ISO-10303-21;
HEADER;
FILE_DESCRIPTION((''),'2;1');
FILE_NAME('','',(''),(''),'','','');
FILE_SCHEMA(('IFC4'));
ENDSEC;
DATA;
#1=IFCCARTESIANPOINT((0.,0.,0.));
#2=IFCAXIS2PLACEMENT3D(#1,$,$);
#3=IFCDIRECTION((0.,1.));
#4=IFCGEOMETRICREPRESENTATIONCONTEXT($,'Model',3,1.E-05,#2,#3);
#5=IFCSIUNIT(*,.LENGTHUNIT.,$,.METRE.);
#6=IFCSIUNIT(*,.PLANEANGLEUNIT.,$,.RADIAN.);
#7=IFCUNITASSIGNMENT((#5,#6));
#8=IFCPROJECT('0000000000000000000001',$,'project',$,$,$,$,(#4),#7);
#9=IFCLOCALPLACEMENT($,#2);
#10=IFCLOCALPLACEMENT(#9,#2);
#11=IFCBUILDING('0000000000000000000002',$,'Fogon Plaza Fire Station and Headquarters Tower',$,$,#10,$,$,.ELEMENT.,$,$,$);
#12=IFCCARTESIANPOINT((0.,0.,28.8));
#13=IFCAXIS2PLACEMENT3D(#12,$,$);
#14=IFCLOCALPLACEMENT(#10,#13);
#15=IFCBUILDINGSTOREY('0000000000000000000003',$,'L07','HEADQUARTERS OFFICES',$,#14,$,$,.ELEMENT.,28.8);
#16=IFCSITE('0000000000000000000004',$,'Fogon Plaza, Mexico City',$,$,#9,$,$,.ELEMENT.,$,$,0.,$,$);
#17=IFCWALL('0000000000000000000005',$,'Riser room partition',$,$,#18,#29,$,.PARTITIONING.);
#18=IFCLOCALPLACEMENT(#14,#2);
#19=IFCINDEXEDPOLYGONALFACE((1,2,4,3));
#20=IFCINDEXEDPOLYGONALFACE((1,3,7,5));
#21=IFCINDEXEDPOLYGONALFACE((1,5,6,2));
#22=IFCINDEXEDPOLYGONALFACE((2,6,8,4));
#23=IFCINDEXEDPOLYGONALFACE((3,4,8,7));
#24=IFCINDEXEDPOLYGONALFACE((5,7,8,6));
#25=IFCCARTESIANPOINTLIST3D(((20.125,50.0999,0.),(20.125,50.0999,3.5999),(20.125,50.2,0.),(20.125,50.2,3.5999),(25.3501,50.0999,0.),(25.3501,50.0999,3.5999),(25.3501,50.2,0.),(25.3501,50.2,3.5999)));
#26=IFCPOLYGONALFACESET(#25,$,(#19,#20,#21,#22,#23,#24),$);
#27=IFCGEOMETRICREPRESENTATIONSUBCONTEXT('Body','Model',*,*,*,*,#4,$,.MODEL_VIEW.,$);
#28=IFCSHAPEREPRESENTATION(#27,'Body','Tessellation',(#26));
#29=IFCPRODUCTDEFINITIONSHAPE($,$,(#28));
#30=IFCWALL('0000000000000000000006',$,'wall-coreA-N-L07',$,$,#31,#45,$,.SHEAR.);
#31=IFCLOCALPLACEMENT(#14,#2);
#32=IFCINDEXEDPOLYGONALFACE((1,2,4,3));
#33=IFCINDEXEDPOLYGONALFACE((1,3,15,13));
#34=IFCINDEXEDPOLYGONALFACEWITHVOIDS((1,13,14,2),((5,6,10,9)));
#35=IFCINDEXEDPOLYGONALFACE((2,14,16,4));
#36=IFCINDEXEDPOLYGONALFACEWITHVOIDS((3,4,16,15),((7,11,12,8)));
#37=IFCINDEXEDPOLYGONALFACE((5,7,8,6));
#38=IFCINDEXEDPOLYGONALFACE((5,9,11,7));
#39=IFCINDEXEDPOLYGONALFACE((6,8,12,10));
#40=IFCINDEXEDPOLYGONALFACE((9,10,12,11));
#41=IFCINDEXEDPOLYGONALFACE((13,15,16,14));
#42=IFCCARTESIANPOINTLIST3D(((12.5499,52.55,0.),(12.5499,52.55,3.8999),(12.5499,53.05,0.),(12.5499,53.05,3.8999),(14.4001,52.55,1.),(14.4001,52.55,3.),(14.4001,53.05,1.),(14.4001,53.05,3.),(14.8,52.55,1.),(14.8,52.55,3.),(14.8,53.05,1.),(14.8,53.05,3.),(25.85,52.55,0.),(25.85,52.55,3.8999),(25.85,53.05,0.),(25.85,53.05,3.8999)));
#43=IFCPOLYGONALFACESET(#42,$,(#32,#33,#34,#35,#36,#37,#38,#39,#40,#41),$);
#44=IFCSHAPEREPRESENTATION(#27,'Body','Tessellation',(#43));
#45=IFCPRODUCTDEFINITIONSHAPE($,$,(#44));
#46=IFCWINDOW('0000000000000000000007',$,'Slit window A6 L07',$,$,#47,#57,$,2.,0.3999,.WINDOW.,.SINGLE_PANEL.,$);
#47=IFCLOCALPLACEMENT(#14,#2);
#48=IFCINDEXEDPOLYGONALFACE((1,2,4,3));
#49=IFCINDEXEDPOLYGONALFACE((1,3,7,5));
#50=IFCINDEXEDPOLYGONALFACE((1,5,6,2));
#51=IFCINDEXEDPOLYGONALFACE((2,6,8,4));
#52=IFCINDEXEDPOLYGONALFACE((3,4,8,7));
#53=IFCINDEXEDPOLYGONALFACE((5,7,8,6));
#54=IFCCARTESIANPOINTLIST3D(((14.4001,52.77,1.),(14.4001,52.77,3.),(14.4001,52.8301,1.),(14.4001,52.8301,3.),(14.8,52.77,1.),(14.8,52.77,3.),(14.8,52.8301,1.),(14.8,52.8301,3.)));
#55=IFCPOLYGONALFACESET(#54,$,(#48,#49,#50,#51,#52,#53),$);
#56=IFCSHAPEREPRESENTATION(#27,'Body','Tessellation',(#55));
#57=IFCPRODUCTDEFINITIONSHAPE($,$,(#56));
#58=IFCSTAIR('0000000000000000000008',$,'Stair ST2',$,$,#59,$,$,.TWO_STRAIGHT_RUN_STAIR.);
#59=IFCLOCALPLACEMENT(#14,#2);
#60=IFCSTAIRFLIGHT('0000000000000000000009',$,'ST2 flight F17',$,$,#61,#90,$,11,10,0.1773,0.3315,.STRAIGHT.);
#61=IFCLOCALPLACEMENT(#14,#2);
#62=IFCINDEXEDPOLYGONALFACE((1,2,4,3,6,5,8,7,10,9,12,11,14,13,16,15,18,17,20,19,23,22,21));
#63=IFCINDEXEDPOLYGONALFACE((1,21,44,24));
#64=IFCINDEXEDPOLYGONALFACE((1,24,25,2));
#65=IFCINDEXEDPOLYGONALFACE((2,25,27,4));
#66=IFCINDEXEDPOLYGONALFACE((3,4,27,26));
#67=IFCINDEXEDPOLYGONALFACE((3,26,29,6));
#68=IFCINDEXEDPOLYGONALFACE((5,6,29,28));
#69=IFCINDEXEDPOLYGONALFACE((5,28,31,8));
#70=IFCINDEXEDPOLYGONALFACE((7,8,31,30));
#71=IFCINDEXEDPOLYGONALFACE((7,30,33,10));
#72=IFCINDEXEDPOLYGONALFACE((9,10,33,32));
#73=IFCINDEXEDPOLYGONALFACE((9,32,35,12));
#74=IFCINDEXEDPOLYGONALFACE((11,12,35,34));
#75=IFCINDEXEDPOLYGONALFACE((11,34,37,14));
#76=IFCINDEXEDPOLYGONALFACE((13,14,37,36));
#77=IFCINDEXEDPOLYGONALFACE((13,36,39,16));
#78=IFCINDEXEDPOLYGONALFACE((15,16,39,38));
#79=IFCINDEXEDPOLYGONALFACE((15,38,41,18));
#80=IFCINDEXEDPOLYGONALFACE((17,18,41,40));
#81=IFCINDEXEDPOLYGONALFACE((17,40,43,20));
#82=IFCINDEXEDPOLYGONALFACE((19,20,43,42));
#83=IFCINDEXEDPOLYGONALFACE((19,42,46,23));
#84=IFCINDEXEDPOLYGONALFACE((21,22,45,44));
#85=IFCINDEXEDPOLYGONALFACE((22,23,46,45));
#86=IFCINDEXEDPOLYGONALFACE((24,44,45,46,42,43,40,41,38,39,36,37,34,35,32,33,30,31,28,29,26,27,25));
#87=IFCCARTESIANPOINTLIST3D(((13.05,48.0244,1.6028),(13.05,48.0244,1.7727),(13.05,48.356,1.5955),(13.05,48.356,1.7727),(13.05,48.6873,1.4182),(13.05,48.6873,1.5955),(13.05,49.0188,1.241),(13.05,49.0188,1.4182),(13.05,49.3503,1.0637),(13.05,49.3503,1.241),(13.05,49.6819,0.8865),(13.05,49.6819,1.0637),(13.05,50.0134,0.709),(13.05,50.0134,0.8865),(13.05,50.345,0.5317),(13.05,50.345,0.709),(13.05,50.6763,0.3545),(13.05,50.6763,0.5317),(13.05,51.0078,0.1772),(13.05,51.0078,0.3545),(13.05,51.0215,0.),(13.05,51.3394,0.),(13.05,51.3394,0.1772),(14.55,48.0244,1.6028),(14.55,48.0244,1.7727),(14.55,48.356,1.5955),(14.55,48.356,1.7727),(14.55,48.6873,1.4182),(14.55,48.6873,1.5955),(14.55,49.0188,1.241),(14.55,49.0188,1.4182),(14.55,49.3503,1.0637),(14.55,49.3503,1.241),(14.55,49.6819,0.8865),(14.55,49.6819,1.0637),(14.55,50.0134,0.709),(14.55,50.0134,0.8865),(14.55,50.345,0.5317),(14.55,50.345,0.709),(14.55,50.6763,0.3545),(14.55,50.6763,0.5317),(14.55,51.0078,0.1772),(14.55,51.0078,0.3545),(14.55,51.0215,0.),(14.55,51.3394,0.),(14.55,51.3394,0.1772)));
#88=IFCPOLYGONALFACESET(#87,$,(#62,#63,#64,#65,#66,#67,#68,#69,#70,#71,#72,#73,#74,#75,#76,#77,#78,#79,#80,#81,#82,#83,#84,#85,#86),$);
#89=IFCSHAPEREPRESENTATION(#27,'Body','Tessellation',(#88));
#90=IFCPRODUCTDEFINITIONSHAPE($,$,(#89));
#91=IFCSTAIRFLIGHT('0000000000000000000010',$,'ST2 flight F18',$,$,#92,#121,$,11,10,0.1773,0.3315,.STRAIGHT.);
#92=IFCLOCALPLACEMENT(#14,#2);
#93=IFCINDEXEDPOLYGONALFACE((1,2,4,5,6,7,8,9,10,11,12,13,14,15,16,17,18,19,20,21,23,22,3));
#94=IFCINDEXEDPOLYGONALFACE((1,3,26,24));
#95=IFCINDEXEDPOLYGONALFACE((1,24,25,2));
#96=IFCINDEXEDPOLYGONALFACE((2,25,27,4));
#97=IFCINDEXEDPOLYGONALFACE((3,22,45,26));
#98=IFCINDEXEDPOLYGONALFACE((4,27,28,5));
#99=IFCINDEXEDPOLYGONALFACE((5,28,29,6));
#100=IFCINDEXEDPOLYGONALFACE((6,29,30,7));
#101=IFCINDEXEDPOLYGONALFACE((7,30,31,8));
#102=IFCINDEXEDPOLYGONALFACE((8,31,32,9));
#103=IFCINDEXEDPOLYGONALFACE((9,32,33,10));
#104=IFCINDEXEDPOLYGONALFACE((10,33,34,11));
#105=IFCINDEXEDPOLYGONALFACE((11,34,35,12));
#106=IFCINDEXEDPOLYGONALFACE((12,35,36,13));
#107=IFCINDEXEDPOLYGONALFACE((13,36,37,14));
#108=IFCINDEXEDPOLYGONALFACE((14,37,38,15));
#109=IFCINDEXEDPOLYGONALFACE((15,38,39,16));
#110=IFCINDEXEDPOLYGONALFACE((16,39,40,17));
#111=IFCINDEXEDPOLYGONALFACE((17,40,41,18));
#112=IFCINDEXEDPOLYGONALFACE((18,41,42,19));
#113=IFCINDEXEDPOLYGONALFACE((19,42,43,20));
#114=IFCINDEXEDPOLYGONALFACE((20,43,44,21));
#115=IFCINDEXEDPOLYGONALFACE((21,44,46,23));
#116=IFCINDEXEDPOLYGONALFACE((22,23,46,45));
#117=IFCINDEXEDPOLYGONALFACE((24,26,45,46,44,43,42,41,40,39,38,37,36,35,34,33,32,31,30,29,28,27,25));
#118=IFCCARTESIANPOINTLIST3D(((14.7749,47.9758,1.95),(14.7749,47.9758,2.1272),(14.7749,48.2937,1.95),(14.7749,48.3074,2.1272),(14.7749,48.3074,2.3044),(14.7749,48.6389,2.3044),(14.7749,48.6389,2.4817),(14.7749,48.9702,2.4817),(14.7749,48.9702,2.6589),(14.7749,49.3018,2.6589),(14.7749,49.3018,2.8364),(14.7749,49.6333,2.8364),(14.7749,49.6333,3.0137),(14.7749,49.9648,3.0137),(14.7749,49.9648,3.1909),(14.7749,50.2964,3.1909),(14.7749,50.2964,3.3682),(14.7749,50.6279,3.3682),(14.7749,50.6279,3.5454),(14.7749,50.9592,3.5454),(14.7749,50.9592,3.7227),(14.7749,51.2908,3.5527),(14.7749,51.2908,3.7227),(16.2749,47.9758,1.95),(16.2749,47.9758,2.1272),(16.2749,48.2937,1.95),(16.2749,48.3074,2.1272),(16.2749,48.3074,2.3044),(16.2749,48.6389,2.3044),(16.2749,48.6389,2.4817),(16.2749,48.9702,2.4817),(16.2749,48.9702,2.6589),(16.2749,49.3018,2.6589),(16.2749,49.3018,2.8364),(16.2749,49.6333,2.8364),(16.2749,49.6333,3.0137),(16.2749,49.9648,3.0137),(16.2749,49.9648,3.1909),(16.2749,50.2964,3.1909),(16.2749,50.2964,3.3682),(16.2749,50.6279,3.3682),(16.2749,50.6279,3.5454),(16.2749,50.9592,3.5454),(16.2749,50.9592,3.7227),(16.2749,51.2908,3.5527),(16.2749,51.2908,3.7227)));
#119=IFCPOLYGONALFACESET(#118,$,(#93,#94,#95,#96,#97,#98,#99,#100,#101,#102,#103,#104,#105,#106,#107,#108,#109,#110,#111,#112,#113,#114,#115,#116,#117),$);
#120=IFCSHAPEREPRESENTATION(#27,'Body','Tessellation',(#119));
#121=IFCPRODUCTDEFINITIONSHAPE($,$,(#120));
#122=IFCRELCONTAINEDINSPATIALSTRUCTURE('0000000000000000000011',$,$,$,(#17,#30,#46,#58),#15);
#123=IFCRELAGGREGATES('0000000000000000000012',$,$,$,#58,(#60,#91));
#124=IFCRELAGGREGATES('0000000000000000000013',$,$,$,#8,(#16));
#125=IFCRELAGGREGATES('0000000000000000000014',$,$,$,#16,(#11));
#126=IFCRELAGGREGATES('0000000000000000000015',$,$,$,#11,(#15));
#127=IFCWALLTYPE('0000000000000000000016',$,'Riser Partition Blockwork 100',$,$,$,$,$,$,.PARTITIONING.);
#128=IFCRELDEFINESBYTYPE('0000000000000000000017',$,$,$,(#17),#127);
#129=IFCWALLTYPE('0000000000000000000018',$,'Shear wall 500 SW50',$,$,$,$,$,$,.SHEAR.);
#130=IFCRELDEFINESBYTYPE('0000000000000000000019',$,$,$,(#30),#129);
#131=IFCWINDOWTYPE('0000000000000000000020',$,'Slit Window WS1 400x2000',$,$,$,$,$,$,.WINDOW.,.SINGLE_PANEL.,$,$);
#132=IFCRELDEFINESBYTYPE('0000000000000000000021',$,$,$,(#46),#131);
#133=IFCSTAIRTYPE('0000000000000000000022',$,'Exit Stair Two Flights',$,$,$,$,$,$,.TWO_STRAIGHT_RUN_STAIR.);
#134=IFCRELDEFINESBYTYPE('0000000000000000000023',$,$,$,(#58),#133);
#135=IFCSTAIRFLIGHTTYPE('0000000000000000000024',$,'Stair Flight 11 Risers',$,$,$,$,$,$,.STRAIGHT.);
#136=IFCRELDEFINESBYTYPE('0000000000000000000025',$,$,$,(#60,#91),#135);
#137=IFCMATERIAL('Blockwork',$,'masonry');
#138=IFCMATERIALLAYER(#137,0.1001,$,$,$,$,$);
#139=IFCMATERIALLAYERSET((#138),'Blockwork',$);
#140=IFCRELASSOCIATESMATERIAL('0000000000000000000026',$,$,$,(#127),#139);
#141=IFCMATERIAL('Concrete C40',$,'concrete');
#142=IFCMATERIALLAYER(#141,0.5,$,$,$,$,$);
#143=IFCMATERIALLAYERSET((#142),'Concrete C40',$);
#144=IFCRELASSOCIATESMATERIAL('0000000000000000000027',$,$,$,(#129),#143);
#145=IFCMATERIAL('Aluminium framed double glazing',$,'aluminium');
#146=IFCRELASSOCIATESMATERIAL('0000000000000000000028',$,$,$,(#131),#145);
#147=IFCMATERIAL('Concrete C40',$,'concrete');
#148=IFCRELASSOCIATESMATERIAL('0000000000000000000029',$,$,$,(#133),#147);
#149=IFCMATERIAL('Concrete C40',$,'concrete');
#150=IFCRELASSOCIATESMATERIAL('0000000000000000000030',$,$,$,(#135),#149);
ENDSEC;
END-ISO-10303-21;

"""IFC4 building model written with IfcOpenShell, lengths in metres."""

from ifc_helpers import new_model, si_unit, direction, frame, frame_2d, origin, place, context, subcontext, project, spatial, polyline, rectangle, outline, extrude, material, layer, layer_set, type_object, element, fill, aggregate, save


model = new_model("IFC4")

# Units and contexts
model_context = context("Model", 3, precision=1e-05, world=origin(), true_north=direction((0.0, 1.0)))
body_context = subcontext(model_context, "Body", "Model", "MODEL_VIEW")
ifc_project = project(units=[si_unit("LENGTHUNIT", "METRE"), si_unit("PLANEANGLEUNIT", "RADIAN")], contexts=[model_context])

# Site, building, storey
site_placement = place(None, origin())
site = spatial("IfcSite", under=ifc_project, at=site_placement, Name="Fogon Plaza, Mexico City", CompositionType="ELEMENT", RefElevation=0.0)
building_placement = place(site_placement, origin())
building = spatial("IfcBuilding", under=site, at=building_placement, Name="Fogon Plaza Fire Station and Headquarters Tower", CompositionType="ELEMENT")
storey_placement = place(building_placement, frame((0.0, 0.0, 28.8)))
storey = spatial("IfcBuildingStorey", under=building, at=storey_placement, Name="L07", Description="HEADQUARTERS OFFICES", CompositionType="ELEMENT", Elevation=28.8)

# Wall
ifc_material_1 = material(Name="Blockwork", Category="masonry")
ifc_layer_1 = layer(ifc_material_1, 0.1001)
ifc_layer_set_1 = layer_set([ifc_layer_1], Name="Blockwork")
wall_type_1 = type_object("IfcWallType", Name="Riser Partition Blockwork 100", PredefinedType="PARTITIONING", material=ifc_layer_set_1)
wall_1_placement = place(storey_placement, frame((20.125, 50.1499, 0.0), z_axis=(0.0, 0.0, 1.0), x_axis=(1.0, 0.0, 0.0)))
element("IfcWall", 1, at=wall_1_placement, inside=storey, type_object=wall_type_1, Name="Riser room partition", PredefinedType="PARTITIONING", context=body_context, shape_type="SweptSolid", body=[
    extrude(rectangle(XDim=5.2251, YDim=0.1001, at=frame_2d((2.6125, 0.0))), origin(), (0.0, 0.0, 1.0), 3.5999),
])

# Wall, opening, window
ifc_material_2 = material(Name="Concrete C40", Category="concrete")
ifc_layer_2 = layer(ifc_material_2, 0.5)
ifc_layer_set_2 = layer_set([ifc_layer_2], Name="Concrete C40")
wall_type_2 = type_object("IfcWallType", Name="Shear wall 500 SW50", PredefinedType="SHEAR", material=ifc_layer_set_2)
wall_2_placement = place(storey_placement, frame((12.55, 52.8, 0.0), z_axis=(0.0, 0.0, 1.0), x_axis=(1.0, 0.0, 0.0)))
wall_2 = element("IfcWall", 2, at=wall_2_placement, inside=storey, type_object=wall_type_2, Name="wall-coreA-N-L07", PredefinedType="SHEAR", context=body_context, shape_type="SweptSolid", body=[
    extrude(rectangle(XDim=13.3, YDim=0.5, at=frame_2d((6.6499, 0.0))), origin(), (0.0, 0.0, 1.0), 3.8999),
])
opening_placement = place(wall_2_placement, frame((1.8501, 0.0, 1.0)))
opening = element("IfcOpeningElement", 3, at=opening_placement, cuts=wall_2, PredefinedType="OPENING", context=body_context, shape_type="SweptSolid", body=[
    extrude(rectangle(XDim=0.3999, YDim=2.0, at=frame_2d((0.2, 1.0))), frame((0.0, 0.26, 0.0), z_axis=(0.0, -1.0, 0.0), x_axis=(1.0, 0.0, 0.0)), (0.0, 0.0, 1.0), 0.52),
])
ifc_material_3 = material(Name="Aluminium framed double glazing", Category="aluminium")
window_type = type_object("IfcWindowType", Name="Slit Window WS1 400x2000", PartitioningType="SINGLE_PANEL", PredefinedType="WINDOW", material=ifc_material_3)
window_placement = place(opening_placement, origin())
window = element("IfcWindow", 4, at=window_placement, inside=storey, type_object=window_type, Name="Slit window A6 L07", OverallHeight=2.0, OverallWidth=0.3999, PartitioningType="SINGLE_PANEL", PredefinedType="WINDOW", context=body_context, shape_type="SweptSolid", body=[
    extrude(rectangle(XDim=0.3999, YDim=2.0, at=frame_2d((0.2, 1.0))), frame((0.0, 0.03, 0.0), z_axis=(0.0, -1.0, 0.0), x_axis=(1.0, 0.0, 0.0)), (0.0, 0.0, 1.0), 0.0601),
])
fill(opening, window)

# Stair, stair flights
ifc_material_4 = material(Name="Concrete C40", Category="concrete")
stair_type = type_object("IfcStairType", Name="Exit Stair Two Flights", PredefinedType="TWO_STRAIGHT_RUN_STAIR", material=ifc_material_4)
stair_placement = place(storey_placement, origin())
stair = element("IfcStair", 5, at=stair_placement, inside=storey, type_object=stair_type, Name="Stair ST2", PredefinedType="TWO_STRAIGHT_RUN_STAIR")
ifc_material_5 = material(Name="Concrete C40", Category="concrete")
stair_flight_type = type_object("IfcStairFlightType", Name="Stair Flight 11 Risers", PredefinedType="STRAIGHT", material=ifc_material_5)
stair_flight_1_placement = place(storey_placement, frame((13.8, 51.3394, 0.0), z_axis=(0.0, 0.0, 1.0), x_axis=(0.0, -1.0, 0.0)))
stair_flight_1 = element("IfcStairFlight", 6, at=stair_flight_1_placement, type_object=stair_flight_type, Name="ST2 flight F17", NumberOfRisers=11, NumberOfTreads=10, PredefinedType="STRAIGHT", RiserHeight=0.1773, TreadLength=0.3315, context=body_context, shape_type="SweptSolid", body=[
    extrude(outline(polyline([(0.0, 0.0), (0.0, 0.1772), (0.3315, 0.1772), (0.3315, 0.3545), (0.6631, 0.3545), (0.6631, 0.5317), (0.9944, 0.5317), (0.9944, 0.709), (1.3259, 0.709), (1.3259, 0.8865), (1.6575, 0.8865), (1.6575, 1.0637), (1.989, 1.0637), (1.989, 1.241), (2.3206, 1.241), (2.3206, 1.4182), (2.6521, 1.4182), (2.6521, 1.5955), (2.9834, 1.5955), (2.9834, 1.7727), (3.3149, 1.7727), (3.3149, 1.95), (3.3149, 1.6028), (0.3179, 0.0), (0.0, 0.0)])), frame((0.0, 0.75, 0.0), z_axis=(0.0, -1.0, 0.0), x_axis=(1.0, 0.0, 0.0)), (0.0, 0.0, 1.0), 1.5),
])
stair_flight_2_placement = place(storey_placement, frame((15.5249, 47.9758, 1.95), z_axis=(0.0, 0.0, 1.0), x_axis=(0.0, 1.0, 0.0)))
stair_flight_2 = element("IfcStairFlight", 7, at=stair_flight_2_placement, type_object=stair_flight_type, Name="ST2 flight F18", NumberOfRisers=11, NumberOfTreads=10, PredefinedType="STRAIGHT", RiserHeight=0.1773, TreadLength=0.3315, context=body_context, shape_type="SweptSolid", body=[
    extrude(outline(polyline([(0.0, 0.0), (0.0, 0.1772), (0.3315, 0.1772), (0.3315, 0.3545), (0.6631, 0.3545), (0.6631, 0.5317), (0.9944, 0.5317), (0.9944, 0.709), (1.3259, 0.709), (1.3259, 0.8865), (1.6575, 0.8865), (1.6575, 1.0637), (1.989, 1.0637), (1.989, 1.241), (2.3206, 1.241), (2.3206, 1.4182), (2.6521, 1.4182), (2.6521, 1.5955), (2.9834, 1.5955), (2.9834, 1.7727), (3.3149, 1.7727), (3.3149, 1.95), (3.3149, 1.6028), (0.3179, 0.0), (0.0, 0.0)])), frame((0.0, 0.75, 0.0), z_axis=(0.0, -1.0, 0.0), x_axis=(1.0, 0.0, 0.0)), (0.0, 0.0, 1.0), 1.5),
])
aggregate(stair, [stair_flight_1, stair_flight_2])

save(model, "model.ifc")
